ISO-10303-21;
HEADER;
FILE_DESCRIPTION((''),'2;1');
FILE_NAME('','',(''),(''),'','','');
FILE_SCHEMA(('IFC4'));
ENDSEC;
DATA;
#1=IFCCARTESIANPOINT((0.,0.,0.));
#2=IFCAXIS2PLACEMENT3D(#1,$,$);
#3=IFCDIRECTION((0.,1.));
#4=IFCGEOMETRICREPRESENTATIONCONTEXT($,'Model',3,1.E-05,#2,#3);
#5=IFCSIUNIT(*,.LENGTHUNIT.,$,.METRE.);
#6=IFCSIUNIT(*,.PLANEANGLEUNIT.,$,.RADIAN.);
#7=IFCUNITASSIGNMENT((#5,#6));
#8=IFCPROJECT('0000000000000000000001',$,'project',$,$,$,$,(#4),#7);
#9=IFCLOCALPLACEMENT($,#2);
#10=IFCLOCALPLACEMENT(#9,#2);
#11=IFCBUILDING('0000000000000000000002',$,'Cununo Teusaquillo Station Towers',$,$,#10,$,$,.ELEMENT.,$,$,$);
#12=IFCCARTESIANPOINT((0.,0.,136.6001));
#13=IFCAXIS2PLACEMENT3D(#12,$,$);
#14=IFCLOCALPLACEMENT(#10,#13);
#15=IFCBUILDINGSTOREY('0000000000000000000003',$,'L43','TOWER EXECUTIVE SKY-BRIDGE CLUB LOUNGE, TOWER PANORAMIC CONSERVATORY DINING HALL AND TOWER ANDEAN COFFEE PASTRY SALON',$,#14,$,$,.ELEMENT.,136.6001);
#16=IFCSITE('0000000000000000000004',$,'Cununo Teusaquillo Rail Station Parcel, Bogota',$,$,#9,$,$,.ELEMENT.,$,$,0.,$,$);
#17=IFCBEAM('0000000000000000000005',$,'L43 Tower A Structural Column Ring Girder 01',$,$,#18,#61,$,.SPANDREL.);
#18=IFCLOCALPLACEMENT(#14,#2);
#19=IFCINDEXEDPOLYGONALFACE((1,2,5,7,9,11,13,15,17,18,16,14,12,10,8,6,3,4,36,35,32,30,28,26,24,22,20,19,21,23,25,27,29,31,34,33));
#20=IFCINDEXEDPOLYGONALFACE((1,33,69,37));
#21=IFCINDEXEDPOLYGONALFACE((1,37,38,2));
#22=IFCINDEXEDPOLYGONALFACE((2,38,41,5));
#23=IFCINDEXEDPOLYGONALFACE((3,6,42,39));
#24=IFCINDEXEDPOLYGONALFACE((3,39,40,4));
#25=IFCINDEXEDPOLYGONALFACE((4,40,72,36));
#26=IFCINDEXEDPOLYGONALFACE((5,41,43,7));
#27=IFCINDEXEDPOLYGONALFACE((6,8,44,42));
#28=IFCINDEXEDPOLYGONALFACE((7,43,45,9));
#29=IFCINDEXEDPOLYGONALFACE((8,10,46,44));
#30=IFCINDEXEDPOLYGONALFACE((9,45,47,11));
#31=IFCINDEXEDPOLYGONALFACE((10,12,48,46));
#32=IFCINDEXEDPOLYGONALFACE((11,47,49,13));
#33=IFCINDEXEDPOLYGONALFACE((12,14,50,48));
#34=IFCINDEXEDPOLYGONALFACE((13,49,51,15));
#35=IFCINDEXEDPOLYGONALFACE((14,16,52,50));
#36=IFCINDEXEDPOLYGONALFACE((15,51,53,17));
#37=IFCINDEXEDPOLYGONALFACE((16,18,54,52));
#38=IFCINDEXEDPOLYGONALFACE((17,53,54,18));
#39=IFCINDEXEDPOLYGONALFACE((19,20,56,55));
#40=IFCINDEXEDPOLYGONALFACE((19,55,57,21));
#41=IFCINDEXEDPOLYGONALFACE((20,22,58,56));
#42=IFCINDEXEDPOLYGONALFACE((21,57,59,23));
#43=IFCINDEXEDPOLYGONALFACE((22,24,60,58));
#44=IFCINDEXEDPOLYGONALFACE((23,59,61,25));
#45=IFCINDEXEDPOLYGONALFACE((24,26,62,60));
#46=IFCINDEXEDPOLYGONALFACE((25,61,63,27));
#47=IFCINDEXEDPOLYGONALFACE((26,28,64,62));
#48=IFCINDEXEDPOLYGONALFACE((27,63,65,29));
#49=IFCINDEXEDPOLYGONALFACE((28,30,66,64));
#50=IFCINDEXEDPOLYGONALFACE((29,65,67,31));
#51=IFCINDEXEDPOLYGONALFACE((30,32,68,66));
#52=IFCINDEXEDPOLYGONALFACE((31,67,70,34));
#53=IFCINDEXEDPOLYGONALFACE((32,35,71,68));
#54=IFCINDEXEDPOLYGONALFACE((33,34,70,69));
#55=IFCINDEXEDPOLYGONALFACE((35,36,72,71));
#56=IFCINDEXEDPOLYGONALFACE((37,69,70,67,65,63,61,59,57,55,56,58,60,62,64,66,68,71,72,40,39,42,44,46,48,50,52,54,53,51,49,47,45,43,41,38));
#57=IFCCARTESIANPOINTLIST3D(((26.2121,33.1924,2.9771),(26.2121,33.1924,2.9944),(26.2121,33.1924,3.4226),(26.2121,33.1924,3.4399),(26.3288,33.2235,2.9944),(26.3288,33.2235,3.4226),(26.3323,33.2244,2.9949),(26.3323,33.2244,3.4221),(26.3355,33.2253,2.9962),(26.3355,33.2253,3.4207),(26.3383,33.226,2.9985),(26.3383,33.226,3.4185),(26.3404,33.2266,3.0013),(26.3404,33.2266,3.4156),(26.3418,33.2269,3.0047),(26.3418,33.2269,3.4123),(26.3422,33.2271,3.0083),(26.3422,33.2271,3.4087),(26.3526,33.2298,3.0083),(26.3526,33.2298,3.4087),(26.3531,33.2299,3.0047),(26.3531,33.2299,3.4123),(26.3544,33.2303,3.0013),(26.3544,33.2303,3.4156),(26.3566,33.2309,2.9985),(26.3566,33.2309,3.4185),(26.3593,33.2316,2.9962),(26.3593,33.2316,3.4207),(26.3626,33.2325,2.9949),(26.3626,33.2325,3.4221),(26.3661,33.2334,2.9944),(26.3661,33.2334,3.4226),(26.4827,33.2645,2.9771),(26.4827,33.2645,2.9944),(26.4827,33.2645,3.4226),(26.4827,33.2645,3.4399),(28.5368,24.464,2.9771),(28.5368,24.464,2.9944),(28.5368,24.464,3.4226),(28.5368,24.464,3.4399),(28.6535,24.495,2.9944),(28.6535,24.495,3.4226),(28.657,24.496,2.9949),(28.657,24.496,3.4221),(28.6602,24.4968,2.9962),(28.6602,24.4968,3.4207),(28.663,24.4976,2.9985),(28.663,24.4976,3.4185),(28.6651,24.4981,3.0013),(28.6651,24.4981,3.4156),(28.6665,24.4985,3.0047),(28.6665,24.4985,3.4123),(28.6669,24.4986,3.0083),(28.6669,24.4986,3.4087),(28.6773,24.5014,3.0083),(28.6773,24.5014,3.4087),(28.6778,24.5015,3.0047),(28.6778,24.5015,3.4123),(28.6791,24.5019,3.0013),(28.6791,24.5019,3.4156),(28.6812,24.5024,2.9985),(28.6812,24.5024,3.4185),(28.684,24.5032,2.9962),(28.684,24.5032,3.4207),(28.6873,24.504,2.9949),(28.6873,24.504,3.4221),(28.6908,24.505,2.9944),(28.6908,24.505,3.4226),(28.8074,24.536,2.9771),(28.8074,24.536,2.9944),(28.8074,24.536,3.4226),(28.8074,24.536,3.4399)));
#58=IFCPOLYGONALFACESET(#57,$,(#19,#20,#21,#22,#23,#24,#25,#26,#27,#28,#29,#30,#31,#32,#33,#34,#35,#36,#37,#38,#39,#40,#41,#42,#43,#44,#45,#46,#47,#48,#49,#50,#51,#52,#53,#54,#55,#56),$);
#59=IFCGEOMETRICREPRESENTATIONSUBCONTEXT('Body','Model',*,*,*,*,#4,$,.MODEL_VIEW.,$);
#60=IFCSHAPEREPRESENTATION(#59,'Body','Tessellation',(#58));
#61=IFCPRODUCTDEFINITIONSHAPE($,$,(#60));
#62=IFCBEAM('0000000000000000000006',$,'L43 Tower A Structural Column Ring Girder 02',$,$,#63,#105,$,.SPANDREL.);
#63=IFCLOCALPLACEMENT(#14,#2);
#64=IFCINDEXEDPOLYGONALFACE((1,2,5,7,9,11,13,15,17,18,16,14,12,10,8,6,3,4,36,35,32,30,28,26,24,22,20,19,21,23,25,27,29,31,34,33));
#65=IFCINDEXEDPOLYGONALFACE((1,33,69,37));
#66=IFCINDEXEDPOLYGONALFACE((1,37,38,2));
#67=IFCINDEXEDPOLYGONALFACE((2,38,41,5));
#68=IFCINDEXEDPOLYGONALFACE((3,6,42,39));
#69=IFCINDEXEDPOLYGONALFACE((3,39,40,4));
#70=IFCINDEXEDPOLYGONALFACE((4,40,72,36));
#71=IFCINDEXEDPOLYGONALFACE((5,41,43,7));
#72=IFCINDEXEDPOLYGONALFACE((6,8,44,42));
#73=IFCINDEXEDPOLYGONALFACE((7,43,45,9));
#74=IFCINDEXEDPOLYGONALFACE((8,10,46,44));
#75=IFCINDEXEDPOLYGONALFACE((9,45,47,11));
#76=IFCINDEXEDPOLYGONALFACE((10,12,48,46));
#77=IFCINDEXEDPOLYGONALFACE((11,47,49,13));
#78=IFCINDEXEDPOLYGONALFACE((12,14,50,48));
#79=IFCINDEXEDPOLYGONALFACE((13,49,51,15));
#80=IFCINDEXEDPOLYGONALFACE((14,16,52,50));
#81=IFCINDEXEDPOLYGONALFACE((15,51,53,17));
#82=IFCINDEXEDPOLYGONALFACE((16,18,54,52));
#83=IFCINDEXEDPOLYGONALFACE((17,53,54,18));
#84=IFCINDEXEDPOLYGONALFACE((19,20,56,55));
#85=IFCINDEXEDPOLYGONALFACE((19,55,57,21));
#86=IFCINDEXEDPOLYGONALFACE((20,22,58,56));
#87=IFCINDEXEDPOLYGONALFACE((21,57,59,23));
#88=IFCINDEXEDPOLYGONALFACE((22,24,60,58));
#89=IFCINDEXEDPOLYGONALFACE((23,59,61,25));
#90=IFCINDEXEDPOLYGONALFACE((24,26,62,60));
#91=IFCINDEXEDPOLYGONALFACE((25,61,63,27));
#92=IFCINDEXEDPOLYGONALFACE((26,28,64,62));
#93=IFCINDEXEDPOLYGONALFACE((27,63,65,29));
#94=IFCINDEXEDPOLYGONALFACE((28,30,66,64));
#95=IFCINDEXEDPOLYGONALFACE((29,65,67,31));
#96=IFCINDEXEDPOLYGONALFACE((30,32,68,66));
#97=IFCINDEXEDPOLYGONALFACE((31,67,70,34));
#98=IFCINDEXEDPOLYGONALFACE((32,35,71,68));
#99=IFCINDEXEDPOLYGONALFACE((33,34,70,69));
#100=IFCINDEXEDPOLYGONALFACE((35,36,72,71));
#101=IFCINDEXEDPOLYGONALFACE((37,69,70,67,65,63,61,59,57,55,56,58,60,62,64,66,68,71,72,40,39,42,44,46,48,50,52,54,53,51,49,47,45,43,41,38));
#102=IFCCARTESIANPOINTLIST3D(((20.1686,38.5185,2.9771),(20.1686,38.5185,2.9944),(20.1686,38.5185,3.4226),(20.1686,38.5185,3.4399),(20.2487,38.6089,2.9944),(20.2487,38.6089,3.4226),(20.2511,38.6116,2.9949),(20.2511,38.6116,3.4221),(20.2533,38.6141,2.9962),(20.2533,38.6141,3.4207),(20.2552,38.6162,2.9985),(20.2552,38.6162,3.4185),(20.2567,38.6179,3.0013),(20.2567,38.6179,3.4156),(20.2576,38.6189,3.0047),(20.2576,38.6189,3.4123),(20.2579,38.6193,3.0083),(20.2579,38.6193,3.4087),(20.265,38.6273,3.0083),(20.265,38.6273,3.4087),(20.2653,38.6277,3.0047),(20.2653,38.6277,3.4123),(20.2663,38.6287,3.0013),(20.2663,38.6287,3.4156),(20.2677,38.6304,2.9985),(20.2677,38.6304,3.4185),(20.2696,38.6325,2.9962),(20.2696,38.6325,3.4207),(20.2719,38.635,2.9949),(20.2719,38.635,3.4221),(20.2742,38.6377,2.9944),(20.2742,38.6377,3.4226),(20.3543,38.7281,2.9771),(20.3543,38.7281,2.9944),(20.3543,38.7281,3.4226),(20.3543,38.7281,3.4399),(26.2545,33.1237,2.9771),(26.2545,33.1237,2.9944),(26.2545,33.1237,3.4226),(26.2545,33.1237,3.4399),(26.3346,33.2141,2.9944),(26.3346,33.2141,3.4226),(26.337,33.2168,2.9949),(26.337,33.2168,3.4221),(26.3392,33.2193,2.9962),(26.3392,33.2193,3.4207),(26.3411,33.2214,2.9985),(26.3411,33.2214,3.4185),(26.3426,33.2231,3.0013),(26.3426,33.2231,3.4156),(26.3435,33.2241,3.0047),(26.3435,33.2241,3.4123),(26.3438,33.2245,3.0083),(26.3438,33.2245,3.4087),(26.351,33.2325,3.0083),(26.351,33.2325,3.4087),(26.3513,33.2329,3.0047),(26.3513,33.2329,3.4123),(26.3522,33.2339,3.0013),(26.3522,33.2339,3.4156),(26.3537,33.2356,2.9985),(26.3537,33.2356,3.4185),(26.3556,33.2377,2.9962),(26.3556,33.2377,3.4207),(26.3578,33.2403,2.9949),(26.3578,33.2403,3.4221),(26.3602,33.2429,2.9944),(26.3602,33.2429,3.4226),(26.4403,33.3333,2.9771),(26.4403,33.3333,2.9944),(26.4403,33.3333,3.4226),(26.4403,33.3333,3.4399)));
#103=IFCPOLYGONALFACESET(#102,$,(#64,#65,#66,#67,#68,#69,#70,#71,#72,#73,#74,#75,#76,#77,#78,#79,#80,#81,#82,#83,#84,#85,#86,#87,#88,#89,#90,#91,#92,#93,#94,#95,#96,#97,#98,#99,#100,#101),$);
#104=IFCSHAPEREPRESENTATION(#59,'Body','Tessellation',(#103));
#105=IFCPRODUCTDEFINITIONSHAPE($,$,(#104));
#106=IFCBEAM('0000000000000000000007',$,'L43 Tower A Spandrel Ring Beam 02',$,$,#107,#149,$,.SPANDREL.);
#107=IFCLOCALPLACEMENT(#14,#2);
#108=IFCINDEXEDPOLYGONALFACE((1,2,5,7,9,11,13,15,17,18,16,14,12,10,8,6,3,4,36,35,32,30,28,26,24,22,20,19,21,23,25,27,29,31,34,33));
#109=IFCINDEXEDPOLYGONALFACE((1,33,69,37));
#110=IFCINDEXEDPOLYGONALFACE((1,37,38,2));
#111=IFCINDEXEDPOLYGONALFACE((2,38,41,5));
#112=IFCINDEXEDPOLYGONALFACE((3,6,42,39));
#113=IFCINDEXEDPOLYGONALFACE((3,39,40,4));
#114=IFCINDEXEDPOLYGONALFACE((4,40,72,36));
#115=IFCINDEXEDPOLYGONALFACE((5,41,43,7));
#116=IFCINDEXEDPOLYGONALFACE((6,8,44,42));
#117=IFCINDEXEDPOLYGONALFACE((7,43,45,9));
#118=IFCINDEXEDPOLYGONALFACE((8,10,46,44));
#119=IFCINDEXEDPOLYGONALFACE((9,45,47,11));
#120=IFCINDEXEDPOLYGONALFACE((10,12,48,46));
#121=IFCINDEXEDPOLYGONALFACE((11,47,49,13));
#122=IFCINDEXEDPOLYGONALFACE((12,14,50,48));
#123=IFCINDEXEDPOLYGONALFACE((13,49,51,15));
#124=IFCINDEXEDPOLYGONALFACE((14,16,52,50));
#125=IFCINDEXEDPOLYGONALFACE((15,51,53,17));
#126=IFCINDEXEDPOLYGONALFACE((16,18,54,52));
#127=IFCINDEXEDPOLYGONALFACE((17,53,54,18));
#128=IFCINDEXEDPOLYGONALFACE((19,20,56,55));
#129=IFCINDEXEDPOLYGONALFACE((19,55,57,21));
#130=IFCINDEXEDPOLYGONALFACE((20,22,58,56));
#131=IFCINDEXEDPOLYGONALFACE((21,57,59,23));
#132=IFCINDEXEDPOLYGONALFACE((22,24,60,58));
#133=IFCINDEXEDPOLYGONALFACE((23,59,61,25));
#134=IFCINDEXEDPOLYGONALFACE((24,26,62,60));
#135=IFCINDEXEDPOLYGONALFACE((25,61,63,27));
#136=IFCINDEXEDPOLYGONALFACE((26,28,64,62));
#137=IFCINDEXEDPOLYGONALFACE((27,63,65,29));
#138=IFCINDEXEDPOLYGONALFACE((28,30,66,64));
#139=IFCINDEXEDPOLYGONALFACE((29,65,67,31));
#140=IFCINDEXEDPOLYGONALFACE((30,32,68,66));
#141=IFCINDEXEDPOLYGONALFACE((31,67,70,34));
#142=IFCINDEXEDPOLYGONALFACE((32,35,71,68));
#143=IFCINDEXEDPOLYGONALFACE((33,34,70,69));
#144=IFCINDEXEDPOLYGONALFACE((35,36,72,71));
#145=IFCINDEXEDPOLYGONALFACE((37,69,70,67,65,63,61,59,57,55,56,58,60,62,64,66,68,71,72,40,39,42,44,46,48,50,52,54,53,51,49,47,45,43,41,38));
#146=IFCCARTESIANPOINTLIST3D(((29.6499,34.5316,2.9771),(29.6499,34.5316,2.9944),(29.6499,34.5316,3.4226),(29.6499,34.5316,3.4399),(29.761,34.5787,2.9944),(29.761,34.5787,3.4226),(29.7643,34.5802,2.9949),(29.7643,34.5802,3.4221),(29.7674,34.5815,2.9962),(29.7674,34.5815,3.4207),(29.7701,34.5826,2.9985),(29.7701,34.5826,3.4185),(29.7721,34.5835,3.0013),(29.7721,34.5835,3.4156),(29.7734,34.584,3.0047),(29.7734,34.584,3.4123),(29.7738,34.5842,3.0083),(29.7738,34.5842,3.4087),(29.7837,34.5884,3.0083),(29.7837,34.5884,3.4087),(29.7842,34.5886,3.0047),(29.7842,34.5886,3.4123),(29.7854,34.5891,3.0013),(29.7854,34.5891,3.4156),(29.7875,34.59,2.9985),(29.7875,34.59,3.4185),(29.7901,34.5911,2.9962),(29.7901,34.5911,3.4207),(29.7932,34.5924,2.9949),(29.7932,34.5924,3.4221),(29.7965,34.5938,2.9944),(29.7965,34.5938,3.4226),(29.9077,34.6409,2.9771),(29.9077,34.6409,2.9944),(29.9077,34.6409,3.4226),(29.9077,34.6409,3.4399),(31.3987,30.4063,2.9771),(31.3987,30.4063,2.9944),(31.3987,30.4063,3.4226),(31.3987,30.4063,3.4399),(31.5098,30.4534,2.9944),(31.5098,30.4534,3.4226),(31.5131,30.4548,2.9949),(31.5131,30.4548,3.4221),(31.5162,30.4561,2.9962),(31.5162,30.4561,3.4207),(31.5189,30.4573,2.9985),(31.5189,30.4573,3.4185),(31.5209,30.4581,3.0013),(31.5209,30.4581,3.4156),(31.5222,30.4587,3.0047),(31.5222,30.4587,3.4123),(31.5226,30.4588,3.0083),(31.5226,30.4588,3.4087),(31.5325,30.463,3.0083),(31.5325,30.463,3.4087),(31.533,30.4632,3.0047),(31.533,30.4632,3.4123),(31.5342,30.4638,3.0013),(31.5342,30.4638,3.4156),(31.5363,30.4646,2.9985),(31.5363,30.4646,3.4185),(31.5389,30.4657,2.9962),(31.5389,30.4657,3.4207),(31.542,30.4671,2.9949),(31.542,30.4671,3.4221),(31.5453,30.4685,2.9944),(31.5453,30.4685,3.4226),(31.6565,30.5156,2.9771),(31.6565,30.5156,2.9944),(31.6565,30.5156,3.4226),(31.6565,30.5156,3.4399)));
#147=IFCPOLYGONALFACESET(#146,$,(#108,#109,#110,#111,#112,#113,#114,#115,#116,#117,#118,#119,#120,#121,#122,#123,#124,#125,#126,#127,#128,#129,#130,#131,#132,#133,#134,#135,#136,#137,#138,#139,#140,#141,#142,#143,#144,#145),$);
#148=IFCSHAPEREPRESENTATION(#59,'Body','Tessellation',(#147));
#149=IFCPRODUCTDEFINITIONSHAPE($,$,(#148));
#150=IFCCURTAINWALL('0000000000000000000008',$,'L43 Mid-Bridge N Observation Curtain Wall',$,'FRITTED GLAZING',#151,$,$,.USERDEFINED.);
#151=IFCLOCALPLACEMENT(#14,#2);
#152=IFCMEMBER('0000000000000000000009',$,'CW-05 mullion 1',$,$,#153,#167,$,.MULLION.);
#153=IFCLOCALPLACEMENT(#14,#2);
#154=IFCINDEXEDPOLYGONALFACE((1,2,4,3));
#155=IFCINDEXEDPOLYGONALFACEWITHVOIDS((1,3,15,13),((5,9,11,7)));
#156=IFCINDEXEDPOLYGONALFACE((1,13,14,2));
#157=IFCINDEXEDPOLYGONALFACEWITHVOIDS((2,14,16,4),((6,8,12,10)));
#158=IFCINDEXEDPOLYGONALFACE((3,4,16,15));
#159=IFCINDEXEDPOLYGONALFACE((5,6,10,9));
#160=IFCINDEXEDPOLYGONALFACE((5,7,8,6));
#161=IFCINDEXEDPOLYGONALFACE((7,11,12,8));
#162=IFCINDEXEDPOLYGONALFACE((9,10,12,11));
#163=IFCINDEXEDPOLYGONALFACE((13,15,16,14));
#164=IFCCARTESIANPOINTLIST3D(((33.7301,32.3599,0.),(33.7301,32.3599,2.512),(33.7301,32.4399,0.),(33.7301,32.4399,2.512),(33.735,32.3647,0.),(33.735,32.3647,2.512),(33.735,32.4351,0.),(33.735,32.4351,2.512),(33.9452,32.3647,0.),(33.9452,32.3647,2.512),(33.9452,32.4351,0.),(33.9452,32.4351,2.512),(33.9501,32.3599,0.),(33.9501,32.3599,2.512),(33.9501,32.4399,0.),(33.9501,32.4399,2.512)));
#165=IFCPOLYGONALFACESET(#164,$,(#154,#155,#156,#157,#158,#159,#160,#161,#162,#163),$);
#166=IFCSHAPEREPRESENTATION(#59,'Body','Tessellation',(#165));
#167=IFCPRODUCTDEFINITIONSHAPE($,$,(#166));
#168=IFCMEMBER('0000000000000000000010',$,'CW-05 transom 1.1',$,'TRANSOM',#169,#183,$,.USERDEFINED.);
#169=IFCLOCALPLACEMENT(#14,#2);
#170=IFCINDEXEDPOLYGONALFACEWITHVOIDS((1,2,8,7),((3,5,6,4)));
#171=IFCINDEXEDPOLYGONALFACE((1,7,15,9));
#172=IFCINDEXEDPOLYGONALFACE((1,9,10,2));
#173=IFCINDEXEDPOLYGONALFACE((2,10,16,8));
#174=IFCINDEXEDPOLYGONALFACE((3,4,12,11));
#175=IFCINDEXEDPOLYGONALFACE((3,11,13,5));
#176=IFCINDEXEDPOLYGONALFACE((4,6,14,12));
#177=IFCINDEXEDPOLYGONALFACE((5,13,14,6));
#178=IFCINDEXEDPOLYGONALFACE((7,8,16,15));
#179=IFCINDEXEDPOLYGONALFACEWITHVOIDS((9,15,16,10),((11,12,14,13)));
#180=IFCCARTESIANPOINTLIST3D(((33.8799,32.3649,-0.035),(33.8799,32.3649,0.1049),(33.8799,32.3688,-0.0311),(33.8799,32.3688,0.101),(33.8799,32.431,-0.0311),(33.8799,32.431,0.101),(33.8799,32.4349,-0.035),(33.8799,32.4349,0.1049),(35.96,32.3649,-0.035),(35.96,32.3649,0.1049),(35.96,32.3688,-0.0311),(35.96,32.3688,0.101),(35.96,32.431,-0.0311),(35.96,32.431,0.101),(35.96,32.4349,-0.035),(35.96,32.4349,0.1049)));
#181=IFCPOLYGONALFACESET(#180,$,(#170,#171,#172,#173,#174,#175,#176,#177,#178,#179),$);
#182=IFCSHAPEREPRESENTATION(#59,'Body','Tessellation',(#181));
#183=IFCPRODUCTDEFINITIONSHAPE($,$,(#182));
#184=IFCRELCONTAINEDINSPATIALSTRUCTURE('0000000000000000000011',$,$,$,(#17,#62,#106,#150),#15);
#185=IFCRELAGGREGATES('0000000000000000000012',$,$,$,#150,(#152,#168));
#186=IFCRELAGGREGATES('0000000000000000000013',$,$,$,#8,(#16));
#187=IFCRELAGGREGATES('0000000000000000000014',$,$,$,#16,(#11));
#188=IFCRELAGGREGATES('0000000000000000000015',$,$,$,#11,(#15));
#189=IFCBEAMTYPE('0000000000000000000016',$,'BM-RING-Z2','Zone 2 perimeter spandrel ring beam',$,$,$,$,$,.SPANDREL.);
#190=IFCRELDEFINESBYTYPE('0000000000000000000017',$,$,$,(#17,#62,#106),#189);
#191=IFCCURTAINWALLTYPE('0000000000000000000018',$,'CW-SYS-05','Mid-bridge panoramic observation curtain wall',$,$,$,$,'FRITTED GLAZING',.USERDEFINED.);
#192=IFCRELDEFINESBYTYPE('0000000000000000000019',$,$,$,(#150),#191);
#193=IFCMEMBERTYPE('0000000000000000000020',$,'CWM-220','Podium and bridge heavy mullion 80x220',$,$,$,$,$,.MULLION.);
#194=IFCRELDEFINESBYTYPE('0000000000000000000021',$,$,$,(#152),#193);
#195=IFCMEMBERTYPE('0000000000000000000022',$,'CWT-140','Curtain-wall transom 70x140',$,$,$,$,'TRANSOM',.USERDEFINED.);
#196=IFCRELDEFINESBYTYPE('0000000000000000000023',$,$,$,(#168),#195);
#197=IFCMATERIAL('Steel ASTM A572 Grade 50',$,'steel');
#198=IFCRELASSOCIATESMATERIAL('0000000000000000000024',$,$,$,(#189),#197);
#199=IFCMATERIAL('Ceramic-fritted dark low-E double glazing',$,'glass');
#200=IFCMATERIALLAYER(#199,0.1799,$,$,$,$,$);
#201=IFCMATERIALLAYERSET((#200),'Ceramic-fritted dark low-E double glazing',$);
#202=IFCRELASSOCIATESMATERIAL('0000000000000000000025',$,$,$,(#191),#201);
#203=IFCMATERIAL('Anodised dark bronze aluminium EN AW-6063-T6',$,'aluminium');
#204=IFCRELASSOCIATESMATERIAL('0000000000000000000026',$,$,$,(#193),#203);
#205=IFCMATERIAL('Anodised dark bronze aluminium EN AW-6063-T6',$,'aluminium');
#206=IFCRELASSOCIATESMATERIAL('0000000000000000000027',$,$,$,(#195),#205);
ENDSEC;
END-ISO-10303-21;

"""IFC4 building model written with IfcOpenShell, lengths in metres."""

from ifc_helpers import new_model, si_unit, direction, frame, origin, origin_2d, place, context, subcontext, project, spatial, hollow_rectangle, i_section, extrude, material, layer, layer_set, material_profile, profile_set, type_object, element, aggregate, save


model = new_model("IFC4")

# Units and contexts
model_context = context("Model", 3, precision=1e-05, world=origin(), true_north=direction((0.0, 1.0)))
body_context = subcontext(model_context, "Body", "Model", "MODEL_VIEW")
ifc_project = project(units=[si_unit("LENGTHUNIT", "METRE"), si_unit("PLANEANGLEUNIT", "RADIAN")], contexts=[model_context])

# Site, building, storey
site_placement = place(None, origin())
site = spatial("IfcSite", under=ifc_project, at=site_placement, Name="Cununo Teusaquillo Rail Station Parcel, Bogota", CompositionType="ELEMENT", RefElevation=0.0)
building_placement = place(site_placement, origin())
building = spatial("IfcBuilding", under=site, at=building_placement, Name="Cununo Teusaquillo Station Towers", CompositionType="ELEMENT")
storey_placement = place(building_placement, frame((0.0, 0.0, 136.6001)))
storey = spatial("IfcBuildingStorey", under=building, at=storey_placement, Name="L43", Description="TOWER EXECUTIVE SKY-BRIDGE CLUB LOUNGE, TOWER PANORAMIC CONSERVATORY DINING HALL AND TOWER ANDEAN COFFEE PASTRY SALON", CompositionType="ELEMENT", Elevation=136.6001)

# Beams
ifc_material_1 = material(Name="Steel ASTM A572 Grade 50", Category="steel")
ifc_material_profile_1 = material_profile(ifc_material_1, i_section(OverallWidth=0.28, OverallDepth=0.4629, WebThickness=0.0107, FlangeThickness=0.0173, FilletRadius=0.0139, at=origin_2d()), Name="W18X76")
ifc_profile_set_1 = profile_set([ifc_material_profile_1], Name="Steel ASTM A572 Grade 50")
beam_type_1 = type_object("IfcBeamType", Name="BM-RING-Z2", Description="Zone 2 perimeter spandrel ring beam", PredefinedType="SPANDREL", material=ifc_profile_set_1)
beam_1_placement = place(storey_placement, frame((28.6721, 24.5, 3.2085), z_axis=(-0.257363, 0.966315, 0.0), x_axis=(-0.966315, -0.257363, 0.0)))
element("IfcBeam", 1, at=beam_1_placement, inside=storey, type_object=beam_type_1, Name="L43 Tower A Structural Column Ring Girder 01", PredefinedType="SPANDREL", context=body_context, shape_type="SweptSolid", body=[
    extrude(i_section(OverallWidth=0.28, OverallDepth=0.4629, WebThickness=0.0107, FlangeThickness=0.0173, FilletRadius=0.0139, at=origin_2d()), origin(), (0.0, 0.0, 1.0), 9.0327),
])
beam_2_placement = place(storey_placement, frame((26.3474, 33.2285, 3.2085), z_axis=(-0.748321, 0.663337, 0.0), x_axis=(-0.663337, -0.748321, 0.0)))
element("IfcBeam", 2, at=beam_2_placement, inside=storey, type_object=beam_type_1, Name="L43 Tower A Structural Column Ring Girder 02", PredefinedType="SPANDREL", context=body_context, shape_type="SweptSolid", body=[
    extrude(i_section(OverallWidth=0.28, OverallDepth=0.4629, WebThickness=0.0107, FlangeThickness=0.0173, FilletRadius=0.0139, at=origin_2d()), origin(), (0.0, 0.0, 1.0), 8.1328),
])
beam_3_placement = place(storey_placement, frame((31.5276, 30.4609, 3.2085), z_axis=(-0.390299, 0.920688, 0.0), x_axis=(-0.920688, -0.390299, 0.0)))
element("IfcBeam", 3, at=beam_3_placement, inside=storey, type_object=beam_type_1, Name="L43 Tower A Spandrel Ring Beam 02", PredefinedType="SPANDREL", context=body_context, shape_type="SweptSolid", body=[
    extrude(i_section(OverallWidth=0.28, OverallDepth=0.4629, WebThickness=0.0107, FlangeThickness=0.0173, FilletRadius=0.0139, at=origin_2d()), origin(), (0.0, 0.0, 1.0), 4.4807),
])

# Curtain wall, members
ifc_material_2 = material(Name="Ceramic-fritted dark low-E double glazing", Category="glass")
ifc_layer_1 = layer(ifc_material_2, 0.1799)
ifc_layer_set_1 = layer_set([ifc_layer_1], Name="Ceramic-fritted dark low-E double glazing")
curtain_wall_type = type_object("IfcCurtainWallType", Name="CW-SYS-05", Description="Mid-bridge panoramic observation curtain wall", ElementType="FRITTED GLAZING", PredefinedType="USERDEFINED", material=ifc_layer_set_1)
curtain_wall_placement = place(storey_placement, origin())
curtain_wall = element("IfcCurtainWall", 4, at=curtain_wall_placement, inside=storey, type_object=curtain_wall_type, Name="L43 Mid-Bridge N Observation Curtain Wall", ObjectType="FRITTED GLAZING", PredefinedType="USERDEFINED")
ifc_material_3 = material(Name="Anodised dark bronze aluminium EN AW-6063-T6", Category="aluminium")
ifc_material_profile_2 = material_profile(ifc_material_3, hollow_rectangle(XDim=0.0801, YDim=0.22, WallThickness=0.0049, at=origin_2d()), Name="CW-MULL-80x220")
ifc_profile_set_2 = profile_set([ifc_material_profile_2], Name="Anodised dark bronze aluminium EN AW-6063-T6")
member_type_1 = type_object("IfcMemberType", Name="CWM-220", Description="Podium and bridge heavy mullion 80x220", PredefinedType="MULLION", material=ifc_profile_set_2)
member_1_placement = place(storey_placement, frame((33.8401, 32.3999, 0.0), z_axis=(0.0, 0.0, 1.0), x_axis=(0.0, 1.0, 0.0)))
member_1 = element("IfcMember", 5, at=member_1_placement, type_object=member_type_1, Name="CW-05 mullion 1", PredefinedType="MULLION", context=body_context, shape_type="SweptSolid", body=[
    extrude(hollow_rectangle(XDim=0.0801, YDim=0.22, WallThickness=0.0049, at=origin_2d()), origin(), (0.0, 0.0, 1.0), 2.512),
])
ifc_material_4 = material(Name="Anodised dark bronze aluminium EN AW-6063-T6", Category="aluminium")
ifc_material_profile_3 = material_profile(ifc_material_4, hollow_rectangle(XDim=0.0701, YDim=0.1399, WallThickness=0.0039, at=origin_2d()), Name="CW-TRAN-70x140")
ifc_profile_set_3 = profile_set([ifc_material_profile_3], Name="Anodised dark bronze aluminium EN AW-6063-T6")
member_type_2 = type_object("IfcMemberType", Name="CWT-140", Description="Curtain-wall transom 70x140", ElementType="TRANSOM", PredefinedType="USERDEFINED", material=ifc_profile_set_3)
member_2_placement = place(storey_placement, frame((33.8799, 32.3999, 0.0349), z_axis=(1.0, 0.0, 0.0), x_axis=(0.0, 1.0, 0.0)))
member_2 = element("IfcMember", 6, at=member_2_placement, type_object=member_type_2, Name="CW-05 transom 1.1", ObjectType="TRANSOM", PredefinedType="USERDEFINED", context=body_context, shape_type="SweptSolid", body=[
    extrude(hollow_rectangle(XDim=0.0701, YDim=0.1399, WallThickness=0.0039, at=origin_2d()), origin(), (0.0, 0.0, 1.0), 2.0801),
])
aggregate(curtain_wall, [member_1, member_2])

save(model, "model.ifc")
